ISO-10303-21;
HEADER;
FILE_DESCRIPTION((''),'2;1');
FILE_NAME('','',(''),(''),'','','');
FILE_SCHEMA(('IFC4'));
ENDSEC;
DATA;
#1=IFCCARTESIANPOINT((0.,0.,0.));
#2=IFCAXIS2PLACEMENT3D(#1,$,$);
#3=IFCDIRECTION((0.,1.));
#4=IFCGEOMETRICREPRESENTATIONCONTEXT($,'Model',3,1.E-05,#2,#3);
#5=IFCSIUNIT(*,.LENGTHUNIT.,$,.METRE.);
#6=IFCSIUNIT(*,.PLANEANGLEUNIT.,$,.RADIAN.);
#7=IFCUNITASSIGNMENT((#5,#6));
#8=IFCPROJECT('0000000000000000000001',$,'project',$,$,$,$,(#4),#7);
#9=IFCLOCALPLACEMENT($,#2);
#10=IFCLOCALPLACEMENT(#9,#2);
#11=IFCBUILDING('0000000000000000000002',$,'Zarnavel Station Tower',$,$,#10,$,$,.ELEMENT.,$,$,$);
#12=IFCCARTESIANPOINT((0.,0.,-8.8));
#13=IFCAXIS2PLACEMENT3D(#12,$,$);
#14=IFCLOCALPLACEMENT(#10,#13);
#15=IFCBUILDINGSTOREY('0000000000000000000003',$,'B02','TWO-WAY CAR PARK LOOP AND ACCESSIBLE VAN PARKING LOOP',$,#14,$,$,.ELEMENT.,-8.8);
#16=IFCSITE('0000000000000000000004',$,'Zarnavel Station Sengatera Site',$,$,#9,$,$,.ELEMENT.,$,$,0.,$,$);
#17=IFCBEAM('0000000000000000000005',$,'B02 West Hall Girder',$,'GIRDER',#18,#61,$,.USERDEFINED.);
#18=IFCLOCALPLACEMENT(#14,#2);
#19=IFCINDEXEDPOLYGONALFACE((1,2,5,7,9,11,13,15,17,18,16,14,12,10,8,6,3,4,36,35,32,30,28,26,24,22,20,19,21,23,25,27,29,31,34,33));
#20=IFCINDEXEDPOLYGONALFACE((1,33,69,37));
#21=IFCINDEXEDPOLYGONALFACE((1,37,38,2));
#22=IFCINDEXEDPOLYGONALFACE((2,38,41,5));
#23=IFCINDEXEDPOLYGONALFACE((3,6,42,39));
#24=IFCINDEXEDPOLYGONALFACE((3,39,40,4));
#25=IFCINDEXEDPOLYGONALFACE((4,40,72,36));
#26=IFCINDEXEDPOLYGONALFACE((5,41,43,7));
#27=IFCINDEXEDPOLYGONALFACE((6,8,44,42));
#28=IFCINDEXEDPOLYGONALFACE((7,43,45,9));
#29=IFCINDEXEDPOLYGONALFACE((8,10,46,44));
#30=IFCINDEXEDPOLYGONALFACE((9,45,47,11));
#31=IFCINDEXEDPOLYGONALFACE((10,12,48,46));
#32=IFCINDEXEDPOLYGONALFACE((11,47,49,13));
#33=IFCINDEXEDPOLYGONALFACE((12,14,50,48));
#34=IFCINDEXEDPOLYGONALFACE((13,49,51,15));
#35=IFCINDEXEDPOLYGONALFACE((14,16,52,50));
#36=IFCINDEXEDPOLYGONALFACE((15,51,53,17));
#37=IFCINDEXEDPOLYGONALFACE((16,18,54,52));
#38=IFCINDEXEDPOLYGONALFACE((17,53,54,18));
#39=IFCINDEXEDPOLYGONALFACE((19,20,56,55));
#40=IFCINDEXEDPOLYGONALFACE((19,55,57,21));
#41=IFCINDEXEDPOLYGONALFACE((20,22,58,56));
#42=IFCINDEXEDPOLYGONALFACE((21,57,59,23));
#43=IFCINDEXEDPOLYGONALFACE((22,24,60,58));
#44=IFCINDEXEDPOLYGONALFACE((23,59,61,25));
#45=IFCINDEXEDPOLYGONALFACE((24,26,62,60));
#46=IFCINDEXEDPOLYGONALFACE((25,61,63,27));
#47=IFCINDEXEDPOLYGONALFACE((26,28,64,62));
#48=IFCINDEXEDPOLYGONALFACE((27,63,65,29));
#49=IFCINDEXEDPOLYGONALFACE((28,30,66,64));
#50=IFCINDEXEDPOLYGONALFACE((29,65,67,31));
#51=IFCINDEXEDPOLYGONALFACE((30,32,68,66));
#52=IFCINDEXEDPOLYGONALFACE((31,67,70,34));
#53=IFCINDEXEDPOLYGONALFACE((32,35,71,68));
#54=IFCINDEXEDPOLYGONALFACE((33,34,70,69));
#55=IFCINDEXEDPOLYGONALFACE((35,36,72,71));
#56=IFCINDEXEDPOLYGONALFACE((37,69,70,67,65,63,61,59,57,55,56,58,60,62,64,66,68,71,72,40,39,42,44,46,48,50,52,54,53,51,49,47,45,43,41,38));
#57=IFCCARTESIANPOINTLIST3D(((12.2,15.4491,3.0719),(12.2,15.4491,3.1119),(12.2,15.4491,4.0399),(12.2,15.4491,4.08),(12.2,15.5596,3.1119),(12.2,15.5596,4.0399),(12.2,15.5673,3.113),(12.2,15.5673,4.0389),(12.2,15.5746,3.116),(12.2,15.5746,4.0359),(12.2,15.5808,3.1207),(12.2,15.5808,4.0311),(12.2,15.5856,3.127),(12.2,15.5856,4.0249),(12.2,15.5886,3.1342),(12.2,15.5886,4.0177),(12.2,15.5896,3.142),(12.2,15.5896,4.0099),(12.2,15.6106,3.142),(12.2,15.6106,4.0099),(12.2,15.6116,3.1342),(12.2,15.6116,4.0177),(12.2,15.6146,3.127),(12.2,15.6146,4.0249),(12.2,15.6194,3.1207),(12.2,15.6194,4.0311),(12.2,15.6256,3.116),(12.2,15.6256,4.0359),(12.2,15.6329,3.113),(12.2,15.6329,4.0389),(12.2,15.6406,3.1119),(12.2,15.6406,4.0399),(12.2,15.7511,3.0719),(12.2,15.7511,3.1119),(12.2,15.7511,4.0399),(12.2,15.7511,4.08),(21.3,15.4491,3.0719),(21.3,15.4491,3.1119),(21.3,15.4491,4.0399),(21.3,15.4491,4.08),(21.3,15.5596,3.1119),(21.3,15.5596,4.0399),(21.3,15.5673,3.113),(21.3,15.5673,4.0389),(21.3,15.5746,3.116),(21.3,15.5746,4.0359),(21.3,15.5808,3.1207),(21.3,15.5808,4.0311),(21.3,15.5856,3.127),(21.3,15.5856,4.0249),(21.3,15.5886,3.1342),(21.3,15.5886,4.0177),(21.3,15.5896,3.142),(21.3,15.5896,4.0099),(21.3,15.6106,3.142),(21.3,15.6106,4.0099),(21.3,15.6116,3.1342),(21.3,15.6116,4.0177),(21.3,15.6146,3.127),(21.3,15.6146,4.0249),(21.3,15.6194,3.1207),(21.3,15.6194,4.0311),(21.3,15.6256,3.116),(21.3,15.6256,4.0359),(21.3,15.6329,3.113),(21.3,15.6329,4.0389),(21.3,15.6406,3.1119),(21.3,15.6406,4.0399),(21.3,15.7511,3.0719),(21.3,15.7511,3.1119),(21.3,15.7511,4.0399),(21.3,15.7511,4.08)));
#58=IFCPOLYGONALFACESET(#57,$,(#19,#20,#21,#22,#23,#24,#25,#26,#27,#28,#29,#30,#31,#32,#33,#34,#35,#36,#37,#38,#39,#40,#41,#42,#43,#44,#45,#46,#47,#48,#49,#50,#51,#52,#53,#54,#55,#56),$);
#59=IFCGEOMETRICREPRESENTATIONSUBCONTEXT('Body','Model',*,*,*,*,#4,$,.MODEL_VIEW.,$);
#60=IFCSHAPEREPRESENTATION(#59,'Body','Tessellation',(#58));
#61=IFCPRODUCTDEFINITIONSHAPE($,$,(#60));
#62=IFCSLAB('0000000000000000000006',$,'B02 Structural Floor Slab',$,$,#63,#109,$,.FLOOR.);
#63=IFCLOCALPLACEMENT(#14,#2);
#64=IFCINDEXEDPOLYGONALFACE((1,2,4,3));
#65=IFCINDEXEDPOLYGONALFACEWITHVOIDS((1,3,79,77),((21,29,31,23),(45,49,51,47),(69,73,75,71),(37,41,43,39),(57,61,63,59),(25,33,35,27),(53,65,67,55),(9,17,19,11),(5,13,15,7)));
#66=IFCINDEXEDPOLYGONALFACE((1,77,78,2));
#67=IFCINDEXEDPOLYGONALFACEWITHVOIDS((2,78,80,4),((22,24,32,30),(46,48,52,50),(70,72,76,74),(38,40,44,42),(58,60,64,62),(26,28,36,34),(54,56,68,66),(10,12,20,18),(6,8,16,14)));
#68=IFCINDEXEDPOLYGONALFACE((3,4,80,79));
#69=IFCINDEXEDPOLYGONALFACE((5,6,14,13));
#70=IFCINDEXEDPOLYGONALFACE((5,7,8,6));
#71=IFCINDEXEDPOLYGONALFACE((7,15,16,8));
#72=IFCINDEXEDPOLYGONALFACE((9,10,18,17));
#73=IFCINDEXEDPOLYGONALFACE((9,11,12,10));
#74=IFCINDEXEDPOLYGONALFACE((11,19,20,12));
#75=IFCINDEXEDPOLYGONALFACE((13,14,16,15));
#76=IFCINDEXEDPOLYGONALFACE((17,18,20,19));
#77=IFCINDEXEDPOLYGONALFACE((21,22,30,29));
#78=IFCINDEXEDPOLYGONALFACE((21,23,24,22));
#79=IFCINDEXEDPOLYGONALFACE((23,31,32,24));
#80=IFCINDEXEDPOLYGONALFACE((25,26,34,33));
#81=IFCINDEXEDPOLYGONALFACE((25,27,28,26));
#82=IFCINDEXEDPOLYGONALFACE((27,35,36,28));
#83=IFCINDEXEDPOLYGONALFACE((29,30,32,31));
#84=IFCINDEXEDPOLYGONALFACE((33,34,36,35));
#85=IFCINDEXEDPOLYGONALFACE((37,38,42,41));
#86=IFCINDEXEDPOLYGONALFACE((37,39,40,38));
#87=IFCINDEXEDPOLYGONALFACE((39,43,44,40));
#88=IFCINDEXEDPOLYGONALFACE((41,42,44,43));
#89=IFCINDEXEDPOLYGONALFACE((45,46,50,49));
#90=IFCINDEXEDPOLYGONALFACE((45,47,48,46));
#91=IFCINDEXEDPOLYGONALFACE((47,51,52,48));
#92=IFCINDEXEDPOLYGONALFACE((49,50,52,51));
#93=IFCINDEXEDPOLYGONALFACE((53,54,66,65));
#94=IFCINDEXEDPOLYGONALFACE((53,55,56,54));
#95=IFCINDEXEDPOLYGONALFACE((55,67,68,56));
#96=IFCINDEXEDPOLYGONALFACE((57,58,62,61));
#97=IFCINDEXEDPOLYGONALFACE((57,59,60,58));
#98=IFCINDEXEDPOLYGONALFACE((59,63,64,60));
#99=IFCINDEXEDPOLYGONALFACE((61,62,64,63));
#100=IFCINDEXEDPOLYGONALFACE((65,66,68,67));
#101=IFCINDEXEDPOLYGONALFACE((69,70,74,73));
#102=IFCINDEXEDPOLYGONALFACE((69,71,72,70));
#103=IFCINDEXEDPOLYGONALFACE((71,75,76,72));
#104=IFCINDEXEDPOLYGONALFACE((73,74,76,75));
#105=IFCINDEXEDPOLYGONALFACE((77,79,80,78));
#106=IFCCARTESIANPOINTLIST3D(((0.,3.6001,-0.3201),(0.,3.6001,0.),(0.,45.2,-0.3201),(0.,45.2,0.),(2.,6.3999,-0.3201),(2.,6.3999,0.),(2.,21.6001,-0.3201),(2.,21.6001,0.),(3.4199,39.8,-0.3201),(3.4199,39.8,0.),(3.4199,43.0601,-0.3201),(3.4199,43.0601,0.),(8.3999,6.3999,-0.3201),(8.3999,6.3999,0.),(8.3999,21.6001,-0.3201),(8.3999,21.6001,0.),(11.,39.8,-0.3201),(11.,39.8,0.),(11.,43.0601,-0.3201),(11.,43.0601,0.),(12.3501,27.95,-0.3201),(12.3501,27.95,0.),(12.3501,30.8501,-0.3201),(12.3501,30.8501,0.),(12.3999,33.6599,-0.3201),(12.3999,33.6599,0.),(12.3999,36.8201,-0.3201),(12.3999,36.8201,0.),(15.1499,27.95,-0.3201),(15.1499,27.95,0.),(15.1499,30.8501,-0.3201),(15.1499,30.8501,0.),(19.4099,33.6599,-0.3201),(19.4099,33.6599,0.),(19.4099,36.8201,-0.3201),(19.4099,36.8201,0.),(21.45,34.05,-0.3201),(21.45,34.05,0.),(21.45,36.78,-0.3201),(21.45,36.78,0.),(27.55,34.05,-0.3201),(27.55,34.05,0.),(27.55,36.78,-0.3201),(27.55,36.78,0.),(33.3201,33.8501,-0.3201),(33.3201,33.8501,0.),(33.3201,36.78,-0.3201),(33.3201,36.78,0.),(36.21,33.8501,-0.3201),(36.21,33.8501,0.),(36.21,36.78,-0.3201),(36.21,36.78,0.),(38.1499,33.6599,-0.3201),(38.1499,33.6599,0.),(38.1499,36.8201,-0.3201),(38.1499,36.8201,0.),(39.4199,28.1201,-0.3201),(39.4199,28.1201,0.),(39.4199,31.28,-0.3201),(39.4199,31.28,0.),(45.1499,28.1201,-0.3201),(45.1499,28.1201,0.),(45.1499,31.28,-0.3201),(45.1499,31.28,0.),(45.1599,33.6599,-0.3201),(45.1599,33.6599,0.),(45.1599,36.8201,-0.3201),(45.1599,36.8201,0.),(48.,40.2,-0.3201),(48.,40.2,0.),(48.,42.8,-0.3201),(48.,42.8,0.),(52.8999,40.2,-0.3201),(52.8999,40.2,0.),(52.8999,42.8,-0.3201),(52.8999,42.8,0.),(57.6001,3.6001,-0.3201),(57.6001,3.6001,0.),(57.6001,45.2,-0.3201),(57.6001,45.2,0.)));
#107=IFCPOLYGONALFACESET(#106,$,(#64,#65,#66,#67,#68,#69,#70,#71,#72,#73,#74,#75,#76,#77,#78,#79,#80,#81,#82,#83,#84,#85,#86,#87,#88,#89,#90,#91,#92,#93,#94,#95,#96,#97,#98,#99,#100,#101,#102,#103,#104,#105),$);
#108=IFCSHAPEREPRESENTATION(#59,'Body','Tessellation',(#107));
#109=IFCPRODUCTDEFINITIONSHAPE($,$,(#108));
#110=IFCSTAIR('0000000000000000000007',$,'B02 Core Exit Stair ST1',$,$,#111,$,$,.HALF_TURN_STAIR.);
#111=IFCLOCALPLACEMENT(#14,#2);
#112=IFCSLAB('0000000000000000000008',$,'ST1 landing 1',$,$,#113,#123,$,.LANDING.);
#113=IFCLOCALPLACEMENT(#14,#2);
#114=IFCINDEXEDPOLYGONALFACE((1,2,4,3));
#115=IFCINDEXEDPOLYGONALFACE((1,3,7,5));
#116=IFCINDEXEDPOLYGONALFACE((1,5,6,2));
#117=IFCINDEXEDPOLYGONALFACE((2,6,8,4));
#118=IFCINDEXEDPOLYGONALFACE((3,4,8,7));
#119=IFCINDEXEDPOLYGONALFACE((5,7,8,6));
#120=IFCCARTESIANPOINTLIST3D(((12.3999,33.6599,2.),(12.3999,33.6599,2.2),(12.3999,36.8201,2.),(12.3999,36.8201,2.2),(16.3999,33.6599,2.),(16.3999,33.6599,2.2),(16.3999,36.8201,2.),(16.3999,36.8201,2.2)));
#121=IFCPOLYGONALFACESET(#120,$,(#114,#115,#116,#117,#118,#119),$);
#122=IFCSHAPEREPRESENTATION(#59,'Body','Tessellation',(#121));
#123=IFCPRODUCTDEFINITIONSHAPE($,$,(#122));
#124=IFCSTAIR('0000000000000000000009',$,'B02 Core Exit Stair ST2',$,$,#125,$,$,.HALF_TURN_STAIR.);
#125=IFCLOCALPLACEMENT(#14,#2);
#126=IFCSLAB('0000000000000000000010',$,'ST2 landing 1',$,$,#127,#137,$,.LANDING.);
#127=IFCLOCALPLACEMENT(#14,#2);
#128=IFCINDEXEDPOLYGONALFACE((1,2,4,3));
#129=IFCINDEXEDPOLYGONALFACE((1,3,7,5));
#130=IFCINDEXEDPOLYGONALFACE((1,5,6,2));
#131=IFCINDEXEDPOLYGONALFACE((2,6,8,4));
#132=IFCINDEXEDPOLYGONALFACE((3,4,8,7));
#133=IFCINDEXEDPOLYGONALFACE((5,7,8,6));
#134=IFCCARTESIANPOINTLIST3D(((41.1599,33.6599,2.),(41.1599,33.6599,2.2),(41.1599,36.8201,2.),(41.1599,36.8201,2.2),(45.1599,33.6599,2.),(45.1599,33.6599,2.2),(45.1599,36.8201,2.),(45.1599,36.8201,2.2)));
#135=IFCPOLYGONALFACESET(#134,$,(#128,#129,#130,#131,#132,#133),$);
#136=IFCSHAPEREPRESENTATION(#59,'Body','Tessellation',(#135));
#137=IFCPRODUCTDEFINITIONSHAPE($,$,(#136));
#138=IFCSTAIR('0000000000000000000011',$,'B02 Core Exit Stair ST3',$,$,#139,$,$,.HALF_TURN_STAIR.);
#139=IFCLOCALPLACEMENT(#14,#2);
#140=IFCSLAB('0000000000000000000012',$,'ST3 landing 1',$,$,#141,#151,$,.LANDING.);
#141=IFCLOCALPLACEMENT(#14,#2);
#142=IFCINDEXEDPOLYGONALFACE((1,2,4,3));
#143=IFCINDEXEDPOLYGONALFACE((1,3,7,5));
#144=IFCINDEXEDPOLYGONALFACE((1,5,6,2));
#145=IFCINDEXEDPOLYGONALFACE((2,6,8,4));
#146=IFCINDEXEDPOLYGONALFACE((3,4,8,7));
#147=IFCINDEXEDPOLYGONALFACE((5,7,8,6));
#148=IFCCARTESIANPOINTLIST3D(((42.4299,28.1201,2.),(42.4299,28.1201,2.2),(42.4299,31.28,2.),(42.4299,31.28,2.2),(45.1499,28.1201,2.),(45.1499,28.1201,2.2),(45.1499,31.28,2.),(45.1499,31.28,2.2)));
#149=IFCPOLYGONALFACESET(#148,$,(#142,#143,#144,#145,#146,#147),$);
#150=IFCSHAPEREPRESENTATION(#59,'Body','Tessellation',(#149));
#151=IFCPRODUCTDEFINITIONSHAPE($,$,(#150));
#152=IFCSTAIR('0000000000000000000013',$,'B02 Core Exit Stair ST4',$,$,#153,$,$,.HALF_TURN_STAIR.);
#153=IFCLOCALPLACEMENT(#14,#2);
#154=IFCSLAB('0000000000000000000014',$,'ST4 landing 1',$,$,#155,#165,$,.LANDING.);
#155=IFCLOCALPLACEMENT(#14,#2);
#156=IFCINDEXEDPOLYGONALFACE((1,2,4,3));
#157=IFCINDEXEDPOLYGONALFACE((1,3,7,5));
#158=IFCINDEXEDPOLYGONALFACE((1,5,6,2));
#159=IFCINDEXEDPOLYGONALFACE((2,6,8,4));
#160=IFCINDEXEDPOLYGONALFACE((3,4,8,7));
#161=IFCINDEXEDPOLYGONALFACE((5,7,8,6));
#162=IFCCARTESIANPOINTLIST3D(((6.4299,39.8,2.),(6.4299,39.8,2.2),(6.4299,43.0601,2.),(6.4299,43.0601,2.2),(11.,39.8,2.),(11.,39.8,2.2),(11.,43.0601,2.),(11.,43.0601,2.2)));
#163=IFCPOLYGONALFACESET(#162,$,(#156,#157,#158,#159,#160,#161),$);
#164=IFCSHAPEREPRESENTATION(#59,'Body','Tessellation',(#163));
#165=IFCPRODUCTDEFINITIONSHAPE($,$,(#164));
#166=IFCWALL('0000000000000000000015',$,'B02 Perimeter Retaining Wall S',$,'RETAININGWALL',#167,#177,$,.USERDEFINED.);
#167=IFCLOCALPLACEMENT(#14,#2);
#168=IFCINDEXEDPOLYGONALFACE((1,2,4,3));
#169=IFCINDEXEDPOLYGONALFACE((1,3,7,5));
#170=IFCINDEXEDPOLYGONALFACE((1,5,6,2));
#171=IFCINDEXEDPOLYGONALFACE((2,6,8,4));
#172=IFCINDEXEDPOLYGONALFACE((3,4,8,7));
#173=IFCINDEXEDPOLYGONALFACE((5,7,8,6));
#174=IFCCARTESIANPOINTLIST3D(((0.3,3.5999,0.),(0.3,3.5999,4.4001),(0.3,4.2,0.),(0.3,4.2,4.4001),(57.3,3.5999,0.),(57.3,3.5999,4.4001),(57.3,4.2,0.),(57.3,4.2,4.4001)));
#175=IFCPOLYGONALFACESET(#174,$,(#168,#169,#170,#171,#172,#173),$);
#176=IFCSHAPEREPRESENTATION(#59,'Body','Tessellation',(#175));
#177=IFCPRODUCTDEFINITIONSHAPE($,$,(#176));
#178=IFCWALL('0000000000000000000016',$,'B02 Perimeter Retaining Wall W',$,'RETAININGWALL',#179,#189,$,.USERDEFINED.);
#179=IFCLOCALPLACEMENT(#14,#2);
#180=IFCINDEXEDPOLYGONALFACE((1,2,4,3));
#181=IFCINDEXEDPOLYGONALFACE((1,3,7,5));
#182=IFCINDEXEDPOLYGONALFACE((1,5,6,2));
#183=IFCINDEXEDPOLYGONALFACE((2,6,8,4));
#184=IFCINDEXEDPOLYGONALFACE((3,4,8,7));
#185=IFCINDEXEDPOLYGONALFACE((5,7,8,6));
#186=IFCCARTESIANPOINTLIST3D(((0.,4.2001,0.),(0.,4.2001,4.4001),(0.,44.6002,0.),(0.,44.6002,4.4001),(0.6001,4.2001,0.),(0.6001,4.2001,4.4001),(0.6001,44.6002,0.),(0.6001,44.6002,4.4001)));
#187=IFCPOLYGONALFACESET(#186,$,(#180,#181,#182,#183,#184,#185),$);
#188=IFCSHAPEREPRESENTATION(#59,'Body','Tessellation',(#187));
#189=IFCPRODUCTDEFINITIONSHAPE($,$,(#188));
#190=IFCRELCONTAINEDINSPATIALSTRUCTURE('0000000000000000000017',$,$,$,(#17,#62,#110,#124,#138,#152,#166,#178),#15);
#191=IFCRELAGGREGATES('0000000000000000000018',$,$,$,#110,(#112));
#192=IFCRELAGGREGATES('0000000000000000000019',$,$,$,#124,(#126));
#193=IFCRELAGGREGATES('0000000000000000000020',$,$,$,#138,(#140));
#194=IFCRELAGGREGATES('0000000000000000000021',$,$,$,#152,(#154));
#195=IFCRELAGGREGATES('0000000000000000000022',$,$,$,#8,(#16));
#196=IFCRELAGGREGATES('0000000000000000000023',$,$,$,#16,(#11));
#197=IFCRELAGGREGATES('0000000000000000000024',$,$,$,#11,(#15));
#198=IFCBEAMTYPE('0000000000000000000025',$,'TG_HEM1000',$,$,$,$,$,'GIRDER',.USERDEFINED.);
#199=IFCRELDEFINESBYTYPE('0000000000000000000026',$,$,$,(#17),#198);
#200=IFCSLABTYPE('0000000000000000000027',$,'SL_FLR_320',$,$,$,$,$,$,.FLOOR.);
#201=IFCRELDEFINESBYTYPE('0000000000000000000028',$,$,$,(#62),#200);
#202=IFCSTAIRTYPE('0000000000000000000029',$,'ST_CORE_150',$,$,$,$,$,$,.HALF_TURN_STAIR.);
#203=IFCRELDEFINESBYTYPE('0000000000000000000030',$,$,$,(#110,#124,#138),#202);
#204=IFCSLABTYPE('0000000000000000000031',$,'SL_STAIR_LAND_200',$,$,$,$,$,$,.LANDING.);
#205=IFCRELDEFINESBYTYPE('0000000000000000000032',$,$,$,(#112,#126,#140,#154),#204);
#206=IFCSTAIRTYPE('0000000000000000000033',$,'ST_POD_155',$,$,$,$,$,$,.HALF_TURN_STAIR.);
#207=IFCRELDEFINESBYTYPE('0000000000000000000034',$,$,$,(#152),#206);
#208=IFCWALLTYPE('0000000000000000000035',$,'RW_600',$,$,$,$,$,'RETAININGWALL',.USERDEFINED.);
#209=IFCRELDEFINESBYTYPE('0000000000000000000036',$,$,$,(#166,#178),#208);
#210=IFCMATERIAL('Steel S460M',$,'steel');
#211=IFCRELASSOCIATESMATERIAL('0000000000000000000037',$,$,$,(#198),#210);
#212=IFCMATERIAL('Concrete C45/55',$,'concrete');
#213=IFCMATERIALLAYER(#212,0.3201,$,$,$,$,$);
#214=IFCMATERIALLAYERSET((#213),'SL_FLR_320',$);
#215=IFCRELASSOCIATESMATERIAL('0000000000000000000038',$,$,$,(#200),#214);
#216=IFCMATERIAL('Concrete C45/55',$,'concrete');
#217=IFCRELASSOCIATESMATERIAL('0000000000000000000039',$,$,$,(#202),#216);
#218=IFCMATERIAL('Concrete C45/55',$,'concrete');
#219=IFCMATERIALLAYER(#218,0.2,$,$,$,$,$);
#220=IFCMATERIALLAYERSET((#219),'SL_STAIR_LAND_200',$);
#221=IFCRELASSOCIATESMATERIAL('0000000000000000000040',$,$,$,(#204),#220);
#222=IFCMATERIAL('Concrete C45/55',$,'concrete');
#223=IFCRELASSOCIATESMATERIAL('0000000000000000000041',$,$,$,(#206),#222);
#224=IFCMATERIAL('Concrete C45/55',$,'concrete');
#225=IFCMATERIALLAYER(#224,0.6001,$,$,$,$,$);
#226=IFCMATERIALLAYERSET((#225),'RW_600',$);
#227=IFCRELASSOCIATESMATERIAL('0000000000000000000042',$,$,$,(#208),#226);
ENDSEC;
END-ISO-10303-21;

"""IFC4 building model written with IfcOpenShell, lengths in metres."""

from ifc_helpers import new_model, si_unit, direction, frame, frame_2d, origin, origin_2d, place, context, subcontext, project, spatial, polyline, rectangle, i_section, outline, extrude, material, layer, layer_set, material_profile, profile_set, type_object, element, aggregate, save


model = new_model("IFC4")

# Units and contexts
model_context = context("Model", 3, precision=1e-05, world=origin(), true_north=direction((0.0, 1.0)))
body_context = subcontext(model_context, "Body", "Model", "MODEL_VIEW")
ifc_project = project(units=[si_unit("LENGTHUNIT", "METRE"), si_unit("PLANEANGLEUNIT", "RADIAN")], contexts=[model_context])

# Site, building, storey
site_placement = place(None, origin())
site = spatial("IfcSite", under=ifc_project, at=site_placement, Name="Zarnavel Station Sengatera Site", CompositionType="ELEMENT", RefElevation=0.0)
building_placement = place(site_placement, origin())
building = spatial("IfcBuilding", under=site, at=building_placement, Name="Zarnavel Station Tower", CompositionType="ELEMENT")
storey_placement = place(building_placement, frame((0.0, 0.0, -8.8)))
storey = spatial("IfcBuildingStorey", under=building, at=storey_placement, Name="B02", Description="TWO-WAY CAR PARK LOOP AND ACCESSIBLE VAN PARKING LOOP", CompositionType="ELEMENT", Elevation=-8.8)

# Beam
ifc_material_1 = material(Name="Steel S460M", Category="steel")
ifc_material_profile_1 = material_profile(ifc_material_1, i_section(OverallWidth=0.302, OverallDepth=1.0081, WebThickness=0.021, FlangeThickness=0.04, FilletRadius=0.03, at=origin_2d()), Name="HEM1000")
ifc_profile_set_1 = profile_set([ifc_material_profile_1], Name="Steel S460M")
beam_type_1 = type_object("IfcBeamType", Name="TG_HEM1000", ElementType="GIRDER", PredefinedType="USERDEFINED", material=ifc_profile_set_1)
beam_1_placement = place(storey_placement, frame((12.2, 15.6001, 3.5759), z_axis=(1.0, 0.0, 0.0), x_axis=(0.0, 1.0, 0.0)))
element("IfcBeam", 1, at=beam_1_placement, inside=storey, type_object=beam_type_1, Name="B02 West Hall Girder", ObjectType="GIRDER", PredefinedType="USERDEFINED", context=body_context, shape_type="SweptSolid", body=[
    extrude(i_section(OverallWidth=0.302, OverallDepth=1.0081, WebThickness=0.021, FlangeThickness=0.04, FilletRadius=0.03, at=origin_2d()), origin(), (0.0, 0.0, 1.0), 9.1001),
])

# Slab
ifc_material_2 = material(Name="Concrete C45/55", Category="concrete")
ifc_layer_1 = layer(ifc_material_2, 0.3201)
ifc_layer_set_1 = layer_set([ifc_layer_1], Name="SL_FLR_320")
slab_type_1 = type_object("IfcSlabType", Name="SL_FLR_320", PredefinedType="FLOOR", material=ifc_layer_set_1)
slab_1_placement = place(storey_placement, frame((0.0, 0.0, -0.3201)))
element("IfcSlab", 2, at=slab_1_placement, inside=storey, type_object=slab_type_1, Name="B02 Structural Floor Slab", PredefinedType="FLOOR", context=body_context, shape_type="SweptSolid", body=[
    extrude(outline(polyline([(0.0, 3.6001), (57.6001, 3.6001), (57.6001, 45.2), (0.0, 45.2), (0.0, 3.6001)]), holes=[polyline([(12.3999, 33.6599), (19.4099, 33.6599), (19.4099, 36.8201), (12.3999, 36.8201), (12.3999, 33.6599)]), polyline([(38.1499, 33.6599), (45.1599, 33.6599), (45.1599, 36.8201), (38.1499, 36.8201), (38.1499, 33.6599)]), polyline([(39.4199, 28.1201), (45.1499, 28.1201), (45.1499, 31.28), (39.4199, 31.28), (39.4199, 28.1201)]), polyline([(3.4199, 39.8), (11.0, 39.8), (11.0, 43.0601), (3.4199, 43.0601), (3.4199, 39.8)]), polyline([(12.3501, 27.95), (15.1499, 27.95), (15.1499, 30.8501), (12.3501, 30.8501), (12.3501, 27.95)]), polyline([(33.3201, 33.8501), (36.21, 33.8501), (36.21, 36.78), (33.3201, 36.78), (33.3201, 33.8501)]), polyline([(21.45, 34.05), (27.55, 34.05), (27.55, 36.78), (21.45, 36.78), (21.45, 34.05)]), polyline([(48.0, 40.2), (52.8999, 40.2), (52.8999, 42.8), (48.0, 42.8), (48.0, 40.2)]), polyline([(2.0, 6.3999), (8.3999, 6.3999), (8.3999, 21.6001), (2.0, 21.6001), (2.0, 6.3999)])]), origin(), (0.0, 0.0, 1.0), 0.3201),
])

# Stairs, slabs
ifc_material_3 = material(Name="Concrete C45/55", Category="concrete")
stair_type_1 = type_object("IfcStairType", Name="ST_CORE_150", PredefinedType="HALF_TURN_STAIR", material=ifc_material_3)
stair_1_placement = place(storey_placement, origin())
stair_1 = element("IfcStair", 3, at=stair_1_placement, inside=storey, type_object=stair_type_1, Name="B02 Core Exit Stair ST1", PredefinedType="HALF_TURN_STAIR")
ifc_material_4 = material(Name="Concrete C45/55", Category="concrete")
ifc_layer_2 = layer(ifc_material_4, 0.2)
ifc_layer_set_2 = layer_set([ifc_layer_2], Name="SL_STAIR_LAND_200")
slab_type_2 = type_object("IfcSlabType", Name="SL_STAIR_LAND_200", PredefinedType="LANDING", material=ifc_layer_set_2)
slab_2_placement = place(storey_placement, frame((0.0, 0.0, 2.0)))
slab_2 = element("IfcSlab", 4, at=slab_2_placement, type_object=slab_type_2, Name="ST1 landing 1", PredefinedType="LANDING", context=body_context, shape_type="SweptSolid", body=[
    extrude(outline(polyline([(16.3999, 36.8201), (12.3999, 36.8201), (12.3999, 33.6599), (16.3999, 33.6599), (16.3999, 36.8201)])), origin(), (0.0, 0.0, 1.0), 0.2),
])
aggregate(stair_1, [slab_2])
stair_2_placement = place(storey_placement, origin())
stair_2 = element("IfcStair", 5, at=stair_2_placement, inside=storey, type_object=stair_type_1, Name="B02 Core Exit Stair ST2", PredefinedType="HALF_TURN_STAIR")
slab_3_placement = place(storey_placement, frame((0.0, 0.0, 2.0)))
slab_3 = element("IfcSlab", 6, at=slab_3_placement, type_object=slab_type_2, Name="ST2 landing 1", PredefinedType="LANDING", context=body_context, shape_type="SweptSolid", body=[
    extrude(outline(polyline([(41.1599, 33.6599), (45.1599, 33.6599), (45.1599, 36.8201), (41.1599, 36.8201), (41.1599, 33.6599)])), origin(), (0.0, 0.0, 1.0), 0.2),
])
aggregate(stair_2, [slab_3])
stair_3_placement = place(storey_placement, origin())
stair_3 = element("IfcStair", 7, at=stair_3_placement, inside=storey, type_object=stair_type_1, Name="B02 Core Exit Stair ST3", PredefinedType="HALF_TURN_STAIR")
slab_4_placement = place(storey_placement, frame((0.0, 0.0, 2.0)))
slab_4 = element("IfcSlab", 8, at=slab_4_placement, type_object=slab_type_2, Name="ST3 landing 1", PredefinedType="LANDING", context=body_context, shape_type="SweptSolid", body=[
    extrude(outline(polyline([(42.4299, 28.1201), (45.1499, 28.1201), (45.1499, 31.28), (42.4299, 31.28), (42.4299, 28.1201)])), origin(), (0.0, 0.0, 1.0), 0.2),
])
aggregate(stair_3, [slab_4])
ifc_material_5 = material(Name="Concrete C45/55", Category="concrete")
stair_type_2 = type_object("IfcStairType", Name="ST_POD_155", PredefinedType="HALF_TURN_STAIR", material=ifc_material_5)
stair_4_placement = place(storey_placement, origin())
stair_4 = element("IfcStair", 9, at=stair_4_placement, inside=storey, type_object=stair_type_2, Name="B02 Core Exit Stair ST4", PredefinedType="HALF_TURN_STAIR")
slab_5_placement = place(storey_placement, frame((0.0, 0.0, 2.0)))
slab_5 = element("IfcSlab", 10, at=slab_5_placement, type_object=slab_type_2, Name="ST4 landing 1", PredefinedType="LANDING", context=body_context, shape_type="SweptSolid", body=[
    extrude(outline(polyline([(6.4299, 39.8), (11.0, 39.8), (11.0, 43.0601), (6.4299, 43.0601), (6.4299, 39.8)])), origin(), (0.0, 0.0, 1.0), 0.2),
])
aggregate(stair_4, [slab_5])

# Walls
ifc_material_6 = material(Name="Concrete C45/55", Category="concrete")
ifc_layer_3 = layer(ifc_material_6, 0.6001)
ifc_layer_set_3 = layer_set([ifc_layer_3], Name="RW_600")
wall_type = type_object("IfcWallType", Name="RW_600", ElementType="RETAININGWALL", PredefinedType="USERDEFINED", material=ifc_layer_set_3)
wall_1_placement = place(storey_placement, frame((0.3, 3.8999, 0.0), z_axis=(0.0, 0.0, 1.0), x_axis=(1.0, 0.0, 0.0)))
element("IfcWall", 11, at=wall_1_placement, inside=storey, type_object=wall_type, Name="B02 Perimeter Retaining Wall S", ObjectType="RETAININGWALL", PredefinedType="USERDEFINED", context=body_context, shape_type="SweptSolid", body=[
    extrude(rectangle(XDim=57.0, YDim=0.6001, at=frame_2d((28.5, 0.0))), origin(), (0.0, 0.0, 1.0), 4.4001),
])
wall_2_placement = place(storey_placement, frame((0.3, 4.2, 0.0), z_axis=(0.0, 0.0, 1.0), x_axis=(0.0, 1.0, 0.0)))
element("IfcWall", 12, at=wall_2_placement, inside=storey, type_object=wall_type, Name="B02 Perimeter Retaining Wall W", ObjectType="RETAININGWALL", PredefinedType="USERDEFINED", context=body_context, shape_type="SweptSolid", body=[
    extrude(rectangle(XDim=40.4001, YDim=0.6001, at=frame_2d((20.2002, 0.0))), origin(), (0.0, 0.0, 1.0), 4.4001),
])

save(model, "model.ifc")
